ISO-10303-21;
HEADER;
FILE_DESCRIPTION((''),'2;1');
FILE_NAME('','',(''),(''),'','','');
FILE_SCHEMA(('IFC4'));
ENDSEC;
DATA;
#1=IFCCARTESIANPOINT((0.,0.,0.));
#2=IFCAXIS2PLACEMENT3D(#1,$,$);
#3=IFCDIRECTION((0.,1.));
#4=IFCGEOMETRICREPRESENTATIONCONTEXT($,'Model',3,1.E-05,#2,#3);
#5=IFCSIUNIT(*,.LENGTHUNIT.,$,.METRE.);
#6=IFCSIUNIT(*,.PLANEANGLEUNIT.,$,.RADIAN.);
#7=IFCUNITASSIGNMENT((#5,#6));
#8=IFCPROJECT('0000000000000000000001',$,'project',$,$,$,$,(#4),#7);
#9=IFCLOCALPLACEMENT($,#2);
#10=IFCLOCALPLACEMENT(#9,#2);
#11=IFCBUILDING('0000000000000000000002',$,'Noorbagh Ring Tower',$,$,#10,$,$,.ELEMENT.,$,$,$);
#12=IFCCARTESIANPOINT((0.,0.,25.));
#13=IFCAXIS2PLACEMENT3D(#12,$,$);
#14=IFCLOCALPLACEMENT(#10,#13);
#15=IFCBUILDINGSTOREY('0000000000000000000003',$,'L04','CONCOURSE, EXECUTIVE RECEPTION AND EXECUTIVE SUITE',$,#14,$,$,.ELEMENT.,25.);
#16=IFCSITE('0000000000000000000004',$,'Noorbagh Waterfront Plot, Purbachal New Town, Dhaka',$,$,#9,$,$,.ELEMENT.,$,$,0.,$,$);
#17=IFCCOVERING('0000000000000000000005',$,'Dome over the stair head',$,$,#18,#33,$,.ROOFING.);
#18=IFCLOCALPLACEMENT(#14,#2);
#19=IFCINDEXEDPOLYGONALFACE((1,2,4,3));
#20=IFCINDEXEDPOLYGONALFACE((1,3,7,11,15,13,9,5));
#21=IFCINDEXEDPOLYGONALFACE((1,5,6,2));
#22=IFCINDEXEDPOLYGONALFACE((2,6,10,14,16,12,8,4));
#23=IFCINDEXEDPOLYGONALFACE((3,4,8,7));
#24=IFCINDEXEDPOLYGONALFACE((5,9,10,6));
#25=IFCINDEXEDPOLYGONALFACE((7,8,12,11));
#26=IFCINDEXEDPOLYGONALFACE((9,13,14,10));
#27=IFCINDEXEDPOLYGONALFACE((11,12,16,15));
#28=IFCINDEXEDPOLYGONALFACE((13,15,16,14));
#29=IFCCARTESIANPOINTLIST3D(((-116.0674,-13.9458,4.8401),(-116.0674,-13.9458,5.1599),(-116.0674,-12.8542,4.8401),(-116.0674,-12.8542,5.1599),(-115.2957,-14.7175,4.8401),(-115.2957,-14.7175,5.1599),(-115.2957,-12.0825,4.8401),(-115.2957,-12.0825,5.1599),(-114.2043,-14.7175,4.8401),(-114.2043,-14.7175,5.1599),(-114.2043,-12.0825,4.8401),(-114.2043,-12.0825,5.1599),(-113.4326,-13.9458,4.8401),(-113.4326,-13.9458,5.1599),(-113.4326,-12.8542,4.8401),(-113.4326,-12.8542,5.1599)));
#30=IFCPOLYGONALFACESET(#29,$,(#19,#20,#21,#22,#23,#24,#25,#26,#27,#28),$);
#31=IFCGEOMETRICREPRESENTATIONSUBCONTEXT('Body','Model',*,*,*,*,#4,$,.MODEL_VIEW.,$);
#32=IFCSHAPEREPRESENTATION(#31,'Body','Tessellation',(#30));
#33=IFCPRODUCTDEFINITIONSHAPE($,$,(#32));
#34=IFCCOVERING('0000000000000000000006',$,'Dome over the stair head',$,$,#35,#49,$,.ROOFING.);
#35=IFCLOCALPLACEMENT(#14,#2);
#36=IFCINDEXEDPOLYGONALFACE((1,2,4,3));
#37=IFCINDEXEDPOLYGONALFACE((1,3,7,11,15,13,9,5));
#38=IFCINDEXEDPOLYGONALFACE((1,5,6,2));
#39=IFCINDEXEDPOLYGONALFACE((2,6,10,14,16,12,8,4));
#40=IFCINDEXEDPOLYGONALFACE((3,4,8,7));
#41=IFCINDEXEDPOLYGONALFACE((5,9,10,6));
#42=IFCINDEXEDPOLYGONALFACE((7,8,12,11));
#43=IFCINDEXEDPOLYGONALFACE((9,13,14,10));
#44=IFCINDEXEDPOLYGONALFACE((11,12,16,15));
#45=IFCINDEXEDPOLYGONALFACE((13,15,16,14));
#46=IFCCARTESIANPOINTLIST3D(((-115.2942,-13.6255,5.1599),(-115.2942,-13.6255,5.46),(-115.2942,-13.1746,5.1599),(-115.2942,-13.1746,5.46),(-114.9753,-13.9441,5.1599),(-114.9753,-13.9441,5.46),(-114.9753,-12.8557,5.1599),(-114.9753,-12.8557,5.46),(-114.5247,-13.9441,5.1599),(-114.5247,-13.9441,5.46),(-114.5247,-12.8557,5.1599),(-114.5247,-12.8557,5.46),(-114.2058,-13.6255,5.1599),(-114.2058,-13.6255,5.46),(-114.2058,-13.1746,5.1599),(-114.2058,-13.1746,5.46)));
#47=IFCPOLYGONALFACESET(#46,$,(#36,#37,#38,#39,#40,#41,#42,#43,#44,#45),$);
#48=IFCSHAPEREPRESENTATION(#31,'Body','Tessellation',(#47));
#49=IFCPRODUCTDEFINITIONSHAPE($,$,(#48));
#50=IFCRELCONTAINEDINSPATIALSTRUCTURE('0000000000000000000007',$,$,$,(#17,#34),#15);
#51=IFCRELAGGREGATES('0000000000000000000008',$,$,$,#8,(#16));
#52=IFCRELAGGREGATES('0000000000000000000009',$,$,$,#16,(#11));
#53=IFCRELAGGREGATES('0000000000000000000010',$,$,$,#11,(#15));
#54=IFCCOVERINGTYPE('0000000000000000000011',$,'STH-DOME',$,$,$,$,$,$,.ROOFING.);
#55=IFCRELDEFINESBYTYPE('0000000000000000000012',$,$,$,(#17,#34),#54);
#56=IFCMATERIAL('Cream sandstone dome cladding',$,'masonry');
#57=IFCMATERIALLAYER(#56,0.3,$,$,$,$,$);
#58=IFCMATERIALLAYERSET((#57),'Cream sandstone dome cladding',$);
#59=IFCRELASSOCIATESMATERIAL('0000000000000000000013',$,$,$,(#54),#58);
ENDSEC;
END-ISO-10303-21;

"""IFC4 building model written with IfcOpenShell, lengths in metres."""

from ifc_helpers import new_model, si_unit, direction, frame, origin, place, context, subcontext, project, spatial, polyline, outline, extrude, material, layer, layer_set, type_object, element, save


model = new_model("IFC4")

# Units and contexts
model_context = context("Model", 3, precision=1e-05, world=origin(), true_north=direction((0.0, 1.0)))
body_context = subcontext(model_context, "Body", "Model", "MODEL_VIEW")
ifc_project = project(units=[si_unit("LENGTHUNIT", "METRE"), si_unit("PLANEANGLEUNIT", "RADIAN")], contexts=[model_context])

# Site, building, storey
site_placement = place(None, origin())
site = spatial("IfcSite", under=ifc_project, at=site_placement, Name="Noorbagh Waterfront Plot, Purbachal New Town, Dhaka", CompositionType="ELEMENT", RefElevation=0.0)
building_placement = place(site_placement, origin())
building = spatial("IfcBuilding", under=site, at=building_placement, Name="Noorbagh Ring Tower", CompositionType="ELEMENT")
storey_placement = place(building_placement, frame((0.0, 0.0, 25.0)))
storey = spatial("IfcBuildingStorey", under=building, at=storey_placement, Name="L04", Description="CONCOURSE, EXECUTIVE RECEPTION AND EXECUTIVE SUITE", CompositionType="ELEMENT", Elevation=25.0)

# Coverings
ifc_material = material(Name="Cream sandstone dome cladding", Category="masonry")
ifc_layer = layer(ifc_material, 0.3)
ifc_layer_set = layer_set([ifc_layer], Name="Cream sandstone dome cladding")
covering_type = type_object("IfcCoveringType", Name="STH-DOME", PredefinedType="ROOFING", material=ifc_layer_set)
covering_1_placement = place(storey_placement, frame((0.0, 0.0, 4.8401)))
element("IfcCovering", 1, at=covering_1_placement, inside=storey, type_object=covering_type, Name="Dome over the stair head", PredefinedType="ROOFING", context=body_context, shape_type="SweptSolid", body=[
    extrude(outline(polyline([(-113.4326, -12.8542), (-114.2043, -12.0825), (-115.2957, -12.0825), (-116.0674, -12.8542), (-116.0674, -13.9458), (-115.2957, -14.7175), (-114.2043, -14.7175), (-113.4326, -13.9458), (-113.4326, -12.8542)])), origin(), (0.0, 0.0, 1.0), 0.3198),
])
covering_2_placement = place(storey_placement, frame((0.0, 0.0, 5.1599)))
element("IfcCovering", 2, at=covering_2_placement, inside=storey, type_object=covering_type, Name="Dome over the stair head", PredefinedType="ROOFING", context=body_context, shape_type="SweptSolid", body=[
    extrude(outline(polyline([(-114.2058, -13.1746), (-114.5247, -12.8557), (-114.9753, -12.8557), (-115.2942, -13.1746), (-115.2942, -13.6255), (-114.9753, -13.9441), (-114.5247, -13.9441), (-114.2058, -13.6255), (-114.2058, -13.1746)])), origin(), (0.0, 0.0, 1.0), 0.3),
])

save(model, "model.ifc")
